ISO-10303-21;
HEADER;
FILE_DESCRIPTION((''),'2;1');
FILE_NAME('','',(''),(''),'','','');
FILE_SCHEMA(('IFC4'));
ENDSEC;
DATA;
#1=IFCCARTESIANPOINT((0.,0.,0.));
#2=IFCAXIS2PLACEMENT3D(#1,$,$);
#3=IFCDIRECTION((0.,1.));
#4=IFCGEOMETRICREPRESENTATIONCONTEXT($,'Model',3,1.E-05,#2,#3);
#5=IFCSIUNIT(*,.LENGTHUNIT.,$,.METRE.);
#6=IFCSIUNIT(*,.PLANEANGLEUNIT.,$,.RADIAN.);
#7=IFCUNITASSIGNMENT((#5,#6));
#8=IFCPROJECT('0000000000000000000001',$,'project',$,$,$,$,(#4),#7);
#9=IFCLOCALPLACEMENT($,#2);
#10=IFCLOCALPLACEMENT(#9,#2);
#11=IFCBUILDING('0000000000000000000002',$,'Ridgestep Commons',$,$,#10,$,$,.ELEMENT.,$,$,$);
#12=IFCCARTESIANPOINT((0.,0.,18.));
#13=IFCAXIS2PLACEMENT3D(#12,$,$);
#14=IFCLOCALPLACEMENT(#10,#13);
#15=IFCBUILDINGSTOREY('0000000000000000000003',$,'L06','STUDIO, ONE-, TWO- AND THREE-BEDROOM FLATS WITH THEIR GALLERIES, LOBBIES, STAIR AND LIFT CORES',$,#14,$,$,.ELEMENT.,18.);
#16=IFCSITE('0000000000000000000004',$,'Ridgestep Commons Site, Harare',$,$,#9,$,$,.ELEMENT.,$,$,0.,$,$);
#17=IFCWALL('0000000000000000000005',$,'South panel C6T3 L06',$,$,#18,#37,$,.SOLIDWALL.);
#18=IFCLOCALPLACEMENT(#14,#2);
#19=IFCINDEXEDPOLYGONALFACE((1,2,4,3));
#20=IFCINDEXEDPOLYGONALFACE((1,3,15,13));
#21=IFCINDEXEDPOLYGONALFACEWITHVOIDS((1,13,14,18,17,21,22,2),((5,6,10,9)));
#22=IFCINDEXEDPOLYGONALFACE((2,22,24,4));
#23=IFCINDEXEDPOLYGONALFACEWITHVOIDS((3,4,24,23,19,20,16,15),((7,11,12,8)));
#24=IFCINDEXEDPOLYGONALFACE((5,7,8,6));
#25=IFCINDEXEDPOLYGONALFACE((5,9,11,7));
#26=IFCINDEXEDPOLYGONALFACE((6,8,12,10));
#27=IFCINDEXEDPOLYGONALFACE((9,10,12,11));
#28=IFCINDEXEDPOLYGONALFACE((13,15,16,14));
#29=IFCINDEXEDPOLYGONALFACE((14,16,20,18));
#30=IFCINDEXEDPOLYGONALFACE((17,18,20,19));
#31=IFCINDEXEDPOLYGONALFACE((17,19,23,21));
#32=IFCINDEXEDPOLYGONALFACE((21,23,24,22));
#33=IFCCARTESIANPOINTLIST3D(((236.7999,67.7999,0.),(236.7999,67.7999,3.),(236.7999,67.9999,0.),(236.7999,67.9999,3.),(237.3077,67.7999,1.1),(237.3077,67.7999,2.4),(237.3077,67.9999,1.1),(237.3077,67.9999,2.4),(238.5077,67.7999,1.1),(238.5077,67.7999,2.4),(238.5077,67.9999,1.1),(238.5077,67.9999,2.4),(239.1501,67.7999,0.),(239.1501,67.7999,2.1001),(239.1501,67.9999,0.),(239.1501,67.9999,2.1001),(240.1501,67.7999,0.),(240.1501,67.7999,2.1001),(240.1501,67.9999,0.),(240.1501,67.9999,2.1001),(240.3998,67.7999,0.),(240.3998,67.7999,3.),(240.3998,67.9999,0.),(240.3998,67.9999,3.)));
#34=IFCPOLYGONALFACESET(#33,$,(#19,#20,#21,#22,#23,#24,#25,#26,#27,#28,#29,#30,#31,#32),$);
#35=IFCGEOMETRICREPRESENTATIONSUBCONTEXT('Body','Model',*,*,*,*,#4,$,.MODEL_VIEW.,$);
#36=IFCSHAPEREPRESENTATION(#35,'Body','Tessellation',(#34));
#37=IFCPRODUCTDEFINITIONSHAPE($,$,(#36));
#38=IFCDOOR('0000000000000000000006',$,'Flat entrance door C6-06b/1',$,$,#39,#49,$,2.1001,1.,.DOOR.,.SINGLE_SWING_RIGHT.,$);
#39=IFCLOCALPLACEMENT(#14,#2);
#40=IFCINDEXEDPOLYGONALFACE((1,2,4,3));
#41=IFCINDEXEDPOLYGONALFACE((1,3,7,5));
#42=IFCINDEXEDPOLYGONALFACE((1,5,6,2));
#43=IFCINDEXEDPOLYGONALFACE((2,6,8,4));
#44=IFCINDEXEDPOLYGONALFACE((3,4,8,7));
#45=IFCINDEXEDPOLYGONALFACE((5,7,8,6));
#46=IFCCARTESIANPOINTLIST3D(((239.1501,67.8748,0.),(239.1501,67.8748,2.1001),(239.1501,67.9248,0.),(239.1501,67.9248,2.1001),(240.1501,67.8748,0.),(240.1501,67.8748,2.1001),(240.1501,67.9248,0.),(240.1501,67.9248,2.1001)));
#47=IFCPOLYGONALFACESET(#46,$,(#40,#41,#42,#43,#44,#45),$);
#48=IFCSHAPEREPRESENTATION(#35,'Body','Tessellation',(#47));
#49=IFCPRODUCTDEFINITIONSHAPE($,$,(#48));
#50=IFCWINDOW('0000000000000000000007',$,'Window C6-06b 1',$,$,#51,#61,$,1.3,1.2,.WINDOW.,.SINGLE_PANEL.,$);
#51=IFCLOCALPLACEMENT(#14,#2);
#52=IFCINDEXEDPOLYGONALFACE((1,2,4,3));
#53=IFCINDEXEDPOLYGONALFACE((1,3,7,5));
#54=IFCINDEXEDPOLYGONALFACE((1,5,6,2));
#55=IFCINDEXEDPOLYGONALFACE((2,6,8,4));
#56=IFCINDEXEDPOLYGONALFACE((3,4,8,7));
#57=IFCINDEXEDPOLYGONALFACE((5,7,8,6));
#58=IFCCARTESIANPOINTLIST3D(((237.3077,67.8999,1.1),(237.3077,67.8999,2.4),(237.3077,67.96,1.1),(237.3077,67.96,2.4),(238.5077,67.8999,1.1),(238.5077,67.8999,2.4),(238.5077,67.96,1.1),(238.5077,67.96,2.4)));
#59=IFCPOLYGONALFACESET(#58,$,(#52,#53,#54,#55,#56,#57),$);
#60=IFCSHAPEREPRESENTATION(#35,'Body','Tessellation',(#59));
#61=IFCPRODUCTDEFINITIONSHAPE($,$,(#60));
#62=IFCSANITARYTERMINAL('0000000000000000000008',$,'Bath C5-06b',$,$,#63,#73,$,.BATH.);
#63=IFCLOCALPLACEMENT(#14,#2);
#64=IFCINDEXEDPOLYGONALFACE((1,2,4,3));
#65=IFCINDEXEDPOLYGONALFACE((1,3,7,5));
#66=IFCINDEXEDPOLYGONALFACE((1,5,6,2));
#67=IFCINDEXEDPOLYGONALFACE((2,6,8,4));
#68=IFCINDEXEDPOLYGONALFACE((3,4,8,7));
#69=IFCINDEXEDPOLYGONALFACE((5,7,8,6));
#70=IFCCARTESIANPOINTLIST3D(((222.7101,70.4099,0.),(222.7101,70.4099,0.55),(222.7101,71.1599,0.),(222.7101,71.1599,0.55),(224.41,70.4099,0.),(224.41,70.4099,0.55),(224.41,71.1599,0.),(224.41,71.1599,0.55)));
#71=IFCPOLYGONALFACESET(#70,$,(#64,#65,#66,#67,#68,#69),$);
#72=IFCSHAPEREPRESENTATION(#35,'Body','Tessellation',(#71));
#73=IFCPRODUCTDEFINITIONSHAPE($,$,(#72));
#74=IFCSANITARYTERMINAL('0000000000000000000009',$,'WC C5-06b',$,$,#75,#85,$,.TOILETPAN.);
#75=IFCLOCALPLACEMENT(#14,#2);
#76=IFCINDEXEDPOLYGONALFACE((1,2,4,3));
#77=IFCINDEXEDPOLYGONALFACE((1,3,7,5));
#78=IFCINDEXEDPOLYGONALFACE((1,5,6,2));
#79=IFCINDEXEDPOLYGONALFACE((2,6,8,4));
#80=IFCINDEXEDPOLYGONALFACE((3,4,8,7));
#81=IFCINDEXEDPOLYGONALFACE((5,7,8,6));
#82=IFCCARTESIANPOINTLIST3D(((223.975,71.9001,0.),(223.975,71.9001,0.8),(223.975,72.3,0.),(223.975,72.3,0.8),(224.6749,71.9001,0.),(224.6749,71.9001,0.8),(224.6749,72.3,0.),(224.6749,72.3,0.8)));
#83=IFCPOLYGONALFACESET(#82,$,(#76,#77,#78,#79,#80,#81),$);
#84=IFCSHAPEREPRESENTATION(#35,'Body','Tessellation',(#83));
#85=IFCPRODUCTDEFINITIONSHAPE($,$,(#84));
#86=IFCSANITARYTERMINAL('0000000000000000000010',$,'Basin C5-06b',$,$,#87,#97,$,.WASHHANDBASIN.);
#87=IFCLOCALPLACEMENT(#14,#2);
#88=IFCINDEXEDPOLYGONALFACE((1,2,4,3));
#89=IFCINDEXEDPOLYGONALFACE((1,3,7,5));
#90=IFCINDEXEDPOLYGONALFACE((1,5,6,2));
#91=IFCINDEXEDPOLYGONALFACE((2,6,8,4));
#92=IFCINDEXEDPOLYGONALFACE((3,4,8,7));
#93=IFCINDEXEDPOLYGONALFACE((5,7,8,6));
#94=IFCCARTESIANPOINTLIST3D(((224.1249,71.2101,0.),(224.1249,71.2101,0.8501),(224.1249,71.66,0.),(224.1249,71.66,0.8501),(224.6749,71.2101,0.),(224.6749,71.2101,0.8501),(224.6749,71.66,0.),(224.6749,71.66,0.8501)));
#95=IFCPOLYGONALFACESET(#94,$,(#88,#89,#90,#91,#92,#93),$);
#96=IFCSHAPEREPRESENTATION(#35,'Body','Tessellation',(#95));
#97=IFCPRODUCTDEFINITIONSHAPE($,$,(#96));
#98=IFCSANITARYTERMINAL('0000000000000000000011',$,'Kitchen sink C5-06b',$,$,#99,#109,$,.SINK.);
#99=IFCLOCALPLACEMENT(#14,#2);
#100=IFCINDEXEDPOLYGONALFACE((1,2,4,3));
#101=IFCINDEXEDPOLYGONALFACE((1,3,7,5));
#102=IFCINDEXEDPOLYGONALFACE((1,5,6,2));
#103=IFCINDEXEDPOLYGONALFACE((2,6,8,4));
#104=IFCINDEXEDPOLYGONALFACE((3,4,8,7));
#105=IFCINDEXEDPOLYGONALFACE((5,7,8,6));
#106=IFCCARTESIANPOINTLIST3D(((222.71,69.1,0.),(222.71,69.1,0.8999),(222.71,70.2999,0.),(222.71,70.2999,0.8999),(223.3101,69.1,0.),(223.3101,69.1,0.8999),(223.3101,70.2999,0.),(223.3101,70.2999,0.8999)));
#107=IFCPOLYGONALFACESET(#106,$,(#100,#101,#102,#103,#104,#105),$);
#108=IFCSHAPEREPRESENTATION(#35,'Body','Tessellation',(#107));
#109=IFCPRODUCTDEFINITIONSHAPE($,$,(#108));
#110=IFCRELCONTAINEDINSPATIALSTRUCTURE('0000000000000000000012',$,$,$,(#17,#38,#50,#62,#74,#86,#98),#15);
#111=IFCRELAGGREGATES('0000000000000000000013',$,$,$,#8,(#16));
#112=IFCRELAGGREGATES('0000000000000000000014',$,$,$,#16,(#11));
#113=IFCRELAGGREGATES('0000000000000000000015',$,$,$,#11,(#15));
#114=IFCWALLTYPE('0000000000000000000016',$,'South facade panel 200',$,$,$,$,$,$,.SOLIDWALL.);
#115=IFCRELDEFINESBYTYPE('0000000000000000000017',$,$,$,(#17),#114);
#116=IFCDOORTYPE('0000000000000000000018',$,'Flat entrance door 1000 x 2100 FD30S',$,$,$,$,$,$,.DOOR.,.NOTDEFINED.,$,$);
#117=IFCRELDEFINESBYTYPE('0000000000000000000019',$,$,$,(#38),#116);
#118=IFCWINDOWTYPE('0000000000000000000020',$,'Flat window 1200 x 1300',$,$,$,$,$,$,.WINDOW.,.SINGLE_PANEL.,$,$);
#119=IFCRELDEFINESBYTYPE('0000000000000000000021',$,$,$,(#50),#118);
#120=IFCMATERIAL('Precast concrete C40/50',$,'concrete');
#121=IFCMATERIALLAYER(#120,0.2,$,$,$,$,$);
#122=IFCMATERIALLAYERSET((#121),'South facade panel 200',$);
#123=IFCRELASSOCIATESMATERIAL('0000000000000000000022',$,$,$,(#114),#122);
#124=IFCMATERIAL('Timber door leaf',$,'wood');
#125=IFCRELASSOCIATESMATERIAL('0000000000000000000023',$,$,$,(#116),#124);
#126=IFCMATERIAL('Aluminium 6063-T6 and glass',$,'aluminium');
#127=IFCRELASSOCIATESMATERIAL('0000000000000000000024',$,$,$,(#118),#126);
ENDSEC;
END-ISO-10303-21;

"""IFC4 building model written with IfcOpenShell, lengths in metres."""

from ifc_helpers import new_model, si_unit, direction, frame, frame_2d, origin, origin_2d, place, context, subcontext, project, spatial, rectangle, extrude, material, layer, layer_set, type_object, element, fill, save


model = new_model("IFC4")

# Units and contexts
model_context = context("Model", 3, precision=1e-05, world=origin(), true_north=direction((0.0, 1.0)))
body_context = subcontext(model_context, "Body", "Model", "MODEL_VIEW")
ifc_project = project(units=[si_unit("LENGTHUNIT", "METRE"), si_unit("PLANEANGLEUNIT", "RADIAN")], contexts=[model_context])

# Site, building, storey
site_placement = place(None, origin())
site = spatial("IfcSite", under=ifc_project, at=site_placement, Name="Ridgestep Commons Site, Harare", CompositionType="ELEMENT", RefElevation=0.0)
building_placement = place(site_placement, origin())
building = spatial("IfcBuilding", under=site, at=building_placement, Name="Ridgestep Commons", CompositionType="ELEMENT")
storey_placement = place(building_placement, frame((0.0, 0.0, 18.0)))
storey = spatial("IfcBuildingStorey", under=building, at=storey_placement, Name="L06", Description="STUDIO, ONE-, TWO- AND THREE-BEDROOM FLATS WITH THEIR GALLERIES, LOBBIES, STAIR AND LIFT CORES", CompositionType="ELEMENT", Elevation=18.0)

# Wall, openings, door, window
ifc_material_1 = material(Name="Precast concrete C40/50", Category="concrete")
ifc_layer_1 = layer(ifc_material_1, 0.2)
ifc_layer_set_1 = layer_set([ifc_layer_1], Name="South facade panel 200")
wall_type_1 = type_object("IfcWallType", Name="South facade panel 200", PredefinedType="SOLIDWALL", material=ifc_layer_set_1)
wall_1_placement = place(storey_placement, frame((236.8, 67.8999, 0.0), z_axis=(0.0, 0.0, 1.0), x_axis=(1.0, 0.0, 0.0)))
wall_1 = element("IfcWall", 1, at=wall_1_placement, inside=storey, type_object=wall_type_1, Name="South panel C6T3 L06", PredefinedType="SOLIDWALL", context=body_context, shape_type="SweptSolid", body=[
    extrude(rectangle(XDim=3.5999, YDim=0.2, at=frame_2d((1.7998, 0.0))), origin(), (0.0, 0.0, 1.0), 3.0),
])
opening_1_placement = place(wall_1_placement, frame((0.5076, 0.0, 1.1001)))
opening_1 = element("IfcOpeningElement", 2, at=opening_1_placement, cuts=wall_1, PredefinedType="OPENING", context=body_context, shape_type="SweptSolid", body=[
    extrude(rectangle(XDim=1.2, YDim=1.3, at=frame_2d((0.6001, 0.6499))), frame((0.0, 0.1099, 0.0), z_axis=(0.0, -1.0, 0.0), x_axis=(1.0, 0.0, 0.0)), (0.0, 0.0, 1.0), 0.22),
])
opening_2_placement = place(wall_1_placement, frame((2.3501, 0.0, 0.0)))
opening_2 = element("IfcOpeningElement", 3, at=opening_2_placement, cuts=wall_1, PredefinedType="OPENING", context=body_context, shape_type="SweptSolid", body=[
    extrude(rectangle(XDim=1.0, YDim=2.1001, at=frame_2d((0.5, 1.05))), frame((0.0, 0.1099, 0.0), z_axis=(0.0, -1.0, 0.0), x_axis=(1.0, 0.0, 0.0)), (0.0, 0.0, 1.0), 0.22),
])
ifc_material_2 = material(Name="Timber door leaf", Category="wood")
door_type_1 = type_object("IfcDoorType", Name="Flat entrance door 1000 x 2100 FD30S", OperationType="NOTDEFINED", PredefinedType="DOOR", material=ifc_material_2)
door_1_placement = place(opening_2_placement, origin())
door_1 = element("IfcDoor", 4, at=door_1_placement, inside=storey, type_object=door_type_1, Name="Flat entrance door C6-06b/1", OperationType="SINGLE_SWING_RIGHT", OverallHeight=2.1001, OverallWidth=1.0, PredefinedType="DOOR", context=body_context, shape_type="SweptSolid", body=[
    extrude(rectangle(XDim=1.0, YDim=2.1001, at=frame_2d((0.5, 1.05))), frame((0.0, 0.0249, 0.0), z_axis=(0.0, -1.0, 0.0), x_axis=(1.0, 0.0, 0.0)), (0.0, 0.0, 1.0), 0.05),
])
fill(opening_2, door_1)
ifc_material_3 = material(Name="Aluminium 6063-T6 and glass", Category="aluminium")
window_type = type_object("IfcWindowType", Name="Flat window 1200 x 1300", PartitioningType="SINGLE_PANEL", PredefinedType="WINDOW", material=ifc_material_3)
window_placement = place(opening_1_placement, origin())
window = element("IfcWindow", 5, at=window_placement, inside=storey, type_object=window_type, Name="Window C6-06b 1", OverallHeight=1.3, OverallWidth=1.2, PartitioningType="SINGLE_PANEL", PredefinedType="WINDOW", context=body_context, shape_type="SweptSolid", body=[
    extrude(rectangle(XDim=1.2, YDim=1.3, at=frame_2d((0.6001, 0.6499))), frame((0.0, 0.0601, 0.0), z_axis=(0.0, -1.0, 0.0), x_axis=(1.0, 0.0, 0.0)), (0.0, 0.0, 1.0), 0.0601),
])
fill(opening_1, window)

# Sanitary terminals
sanitary_terminal_1_placement = place(storey_placement, frame((223.5601, 70.7849, 0.0), z_axis=(0.0, 0.0, 1.0), x_axis=(1.0, 0.0, 0.0)))
element("IfcSanitaryTerminal", 6, at=sanitary_terminal_1_placement, inside=storey, Name="Bath C5-06b", PredefinedType="BATH", context=body_context, shape_type="SweptSolid", body=[
    extrude(rectangle(XDim=1.7, YDim=0.75, at=origin_2d()), origin(), (0.0, 0.0, 1.0), 0.55),
])
sanitary_terminal_2_placement = place(storey_placement, frame((224.325, 72.1001, 0.0), z_axis=(0.0, 0.0, 1.0), x_axis=(1.0, 0.0, 0.0)))
element("IfcSanitaryTerminal", 7, at=sanitary_terminal_2_placement, inside=storey, Name="WC C5-06b", PredefinedType="TOILETPAN", context=body_context, shape_type="SweptSolid", body=[
    extrude(rectangle(XDim=0.7, YDim=0.3999, at=origin_2d()), origin(), (0.0, 0.0, 1.0), 0.8),
])
sanitary_terminal_3_placement = place(storey_placement, frame((224.3999, 71.4351, 0.0), z_axis=(0.0, 0.0, 1.0), x_axis=(1.0, 0.0, 0.0)))
element("IfcSanitaryTerminal", 8, at=sanitary_terminal_3_placement, inside=storey, Name="Basin C5-06b", PredefinedType="WASHHANDBASIN", context=body_context, shape_type="SweptSolid", body=[
    extrude(rectangle(XDim=0.55, YDim=0.45, at=origin_2d()), origin(), (0.0, 0.0, 1.0), 0.8501),
])
sanitary_terminal_4_placement = place(storey_placement, frame((223.01, 69.7, 0.0), z_axis=(0.0, 0.0, 1.0), x_axis=(1.0, 0.0, 0.0)))
element("IfcSanitaryTerminal", 9, at=sanitary_terminal_4_placement, inside=storey, Name="Kitchen sink C5-06b", PredefinedType="SINK", context=body_context, shape_type="SweptSolid", body=[
    extrude(rectangle(XDim=0.6001, YDim=1.2, at=origin_2d()), origin(), (0.0, 0.0, 1.0), 0.8999),
])

save(model, "model.ifc")
